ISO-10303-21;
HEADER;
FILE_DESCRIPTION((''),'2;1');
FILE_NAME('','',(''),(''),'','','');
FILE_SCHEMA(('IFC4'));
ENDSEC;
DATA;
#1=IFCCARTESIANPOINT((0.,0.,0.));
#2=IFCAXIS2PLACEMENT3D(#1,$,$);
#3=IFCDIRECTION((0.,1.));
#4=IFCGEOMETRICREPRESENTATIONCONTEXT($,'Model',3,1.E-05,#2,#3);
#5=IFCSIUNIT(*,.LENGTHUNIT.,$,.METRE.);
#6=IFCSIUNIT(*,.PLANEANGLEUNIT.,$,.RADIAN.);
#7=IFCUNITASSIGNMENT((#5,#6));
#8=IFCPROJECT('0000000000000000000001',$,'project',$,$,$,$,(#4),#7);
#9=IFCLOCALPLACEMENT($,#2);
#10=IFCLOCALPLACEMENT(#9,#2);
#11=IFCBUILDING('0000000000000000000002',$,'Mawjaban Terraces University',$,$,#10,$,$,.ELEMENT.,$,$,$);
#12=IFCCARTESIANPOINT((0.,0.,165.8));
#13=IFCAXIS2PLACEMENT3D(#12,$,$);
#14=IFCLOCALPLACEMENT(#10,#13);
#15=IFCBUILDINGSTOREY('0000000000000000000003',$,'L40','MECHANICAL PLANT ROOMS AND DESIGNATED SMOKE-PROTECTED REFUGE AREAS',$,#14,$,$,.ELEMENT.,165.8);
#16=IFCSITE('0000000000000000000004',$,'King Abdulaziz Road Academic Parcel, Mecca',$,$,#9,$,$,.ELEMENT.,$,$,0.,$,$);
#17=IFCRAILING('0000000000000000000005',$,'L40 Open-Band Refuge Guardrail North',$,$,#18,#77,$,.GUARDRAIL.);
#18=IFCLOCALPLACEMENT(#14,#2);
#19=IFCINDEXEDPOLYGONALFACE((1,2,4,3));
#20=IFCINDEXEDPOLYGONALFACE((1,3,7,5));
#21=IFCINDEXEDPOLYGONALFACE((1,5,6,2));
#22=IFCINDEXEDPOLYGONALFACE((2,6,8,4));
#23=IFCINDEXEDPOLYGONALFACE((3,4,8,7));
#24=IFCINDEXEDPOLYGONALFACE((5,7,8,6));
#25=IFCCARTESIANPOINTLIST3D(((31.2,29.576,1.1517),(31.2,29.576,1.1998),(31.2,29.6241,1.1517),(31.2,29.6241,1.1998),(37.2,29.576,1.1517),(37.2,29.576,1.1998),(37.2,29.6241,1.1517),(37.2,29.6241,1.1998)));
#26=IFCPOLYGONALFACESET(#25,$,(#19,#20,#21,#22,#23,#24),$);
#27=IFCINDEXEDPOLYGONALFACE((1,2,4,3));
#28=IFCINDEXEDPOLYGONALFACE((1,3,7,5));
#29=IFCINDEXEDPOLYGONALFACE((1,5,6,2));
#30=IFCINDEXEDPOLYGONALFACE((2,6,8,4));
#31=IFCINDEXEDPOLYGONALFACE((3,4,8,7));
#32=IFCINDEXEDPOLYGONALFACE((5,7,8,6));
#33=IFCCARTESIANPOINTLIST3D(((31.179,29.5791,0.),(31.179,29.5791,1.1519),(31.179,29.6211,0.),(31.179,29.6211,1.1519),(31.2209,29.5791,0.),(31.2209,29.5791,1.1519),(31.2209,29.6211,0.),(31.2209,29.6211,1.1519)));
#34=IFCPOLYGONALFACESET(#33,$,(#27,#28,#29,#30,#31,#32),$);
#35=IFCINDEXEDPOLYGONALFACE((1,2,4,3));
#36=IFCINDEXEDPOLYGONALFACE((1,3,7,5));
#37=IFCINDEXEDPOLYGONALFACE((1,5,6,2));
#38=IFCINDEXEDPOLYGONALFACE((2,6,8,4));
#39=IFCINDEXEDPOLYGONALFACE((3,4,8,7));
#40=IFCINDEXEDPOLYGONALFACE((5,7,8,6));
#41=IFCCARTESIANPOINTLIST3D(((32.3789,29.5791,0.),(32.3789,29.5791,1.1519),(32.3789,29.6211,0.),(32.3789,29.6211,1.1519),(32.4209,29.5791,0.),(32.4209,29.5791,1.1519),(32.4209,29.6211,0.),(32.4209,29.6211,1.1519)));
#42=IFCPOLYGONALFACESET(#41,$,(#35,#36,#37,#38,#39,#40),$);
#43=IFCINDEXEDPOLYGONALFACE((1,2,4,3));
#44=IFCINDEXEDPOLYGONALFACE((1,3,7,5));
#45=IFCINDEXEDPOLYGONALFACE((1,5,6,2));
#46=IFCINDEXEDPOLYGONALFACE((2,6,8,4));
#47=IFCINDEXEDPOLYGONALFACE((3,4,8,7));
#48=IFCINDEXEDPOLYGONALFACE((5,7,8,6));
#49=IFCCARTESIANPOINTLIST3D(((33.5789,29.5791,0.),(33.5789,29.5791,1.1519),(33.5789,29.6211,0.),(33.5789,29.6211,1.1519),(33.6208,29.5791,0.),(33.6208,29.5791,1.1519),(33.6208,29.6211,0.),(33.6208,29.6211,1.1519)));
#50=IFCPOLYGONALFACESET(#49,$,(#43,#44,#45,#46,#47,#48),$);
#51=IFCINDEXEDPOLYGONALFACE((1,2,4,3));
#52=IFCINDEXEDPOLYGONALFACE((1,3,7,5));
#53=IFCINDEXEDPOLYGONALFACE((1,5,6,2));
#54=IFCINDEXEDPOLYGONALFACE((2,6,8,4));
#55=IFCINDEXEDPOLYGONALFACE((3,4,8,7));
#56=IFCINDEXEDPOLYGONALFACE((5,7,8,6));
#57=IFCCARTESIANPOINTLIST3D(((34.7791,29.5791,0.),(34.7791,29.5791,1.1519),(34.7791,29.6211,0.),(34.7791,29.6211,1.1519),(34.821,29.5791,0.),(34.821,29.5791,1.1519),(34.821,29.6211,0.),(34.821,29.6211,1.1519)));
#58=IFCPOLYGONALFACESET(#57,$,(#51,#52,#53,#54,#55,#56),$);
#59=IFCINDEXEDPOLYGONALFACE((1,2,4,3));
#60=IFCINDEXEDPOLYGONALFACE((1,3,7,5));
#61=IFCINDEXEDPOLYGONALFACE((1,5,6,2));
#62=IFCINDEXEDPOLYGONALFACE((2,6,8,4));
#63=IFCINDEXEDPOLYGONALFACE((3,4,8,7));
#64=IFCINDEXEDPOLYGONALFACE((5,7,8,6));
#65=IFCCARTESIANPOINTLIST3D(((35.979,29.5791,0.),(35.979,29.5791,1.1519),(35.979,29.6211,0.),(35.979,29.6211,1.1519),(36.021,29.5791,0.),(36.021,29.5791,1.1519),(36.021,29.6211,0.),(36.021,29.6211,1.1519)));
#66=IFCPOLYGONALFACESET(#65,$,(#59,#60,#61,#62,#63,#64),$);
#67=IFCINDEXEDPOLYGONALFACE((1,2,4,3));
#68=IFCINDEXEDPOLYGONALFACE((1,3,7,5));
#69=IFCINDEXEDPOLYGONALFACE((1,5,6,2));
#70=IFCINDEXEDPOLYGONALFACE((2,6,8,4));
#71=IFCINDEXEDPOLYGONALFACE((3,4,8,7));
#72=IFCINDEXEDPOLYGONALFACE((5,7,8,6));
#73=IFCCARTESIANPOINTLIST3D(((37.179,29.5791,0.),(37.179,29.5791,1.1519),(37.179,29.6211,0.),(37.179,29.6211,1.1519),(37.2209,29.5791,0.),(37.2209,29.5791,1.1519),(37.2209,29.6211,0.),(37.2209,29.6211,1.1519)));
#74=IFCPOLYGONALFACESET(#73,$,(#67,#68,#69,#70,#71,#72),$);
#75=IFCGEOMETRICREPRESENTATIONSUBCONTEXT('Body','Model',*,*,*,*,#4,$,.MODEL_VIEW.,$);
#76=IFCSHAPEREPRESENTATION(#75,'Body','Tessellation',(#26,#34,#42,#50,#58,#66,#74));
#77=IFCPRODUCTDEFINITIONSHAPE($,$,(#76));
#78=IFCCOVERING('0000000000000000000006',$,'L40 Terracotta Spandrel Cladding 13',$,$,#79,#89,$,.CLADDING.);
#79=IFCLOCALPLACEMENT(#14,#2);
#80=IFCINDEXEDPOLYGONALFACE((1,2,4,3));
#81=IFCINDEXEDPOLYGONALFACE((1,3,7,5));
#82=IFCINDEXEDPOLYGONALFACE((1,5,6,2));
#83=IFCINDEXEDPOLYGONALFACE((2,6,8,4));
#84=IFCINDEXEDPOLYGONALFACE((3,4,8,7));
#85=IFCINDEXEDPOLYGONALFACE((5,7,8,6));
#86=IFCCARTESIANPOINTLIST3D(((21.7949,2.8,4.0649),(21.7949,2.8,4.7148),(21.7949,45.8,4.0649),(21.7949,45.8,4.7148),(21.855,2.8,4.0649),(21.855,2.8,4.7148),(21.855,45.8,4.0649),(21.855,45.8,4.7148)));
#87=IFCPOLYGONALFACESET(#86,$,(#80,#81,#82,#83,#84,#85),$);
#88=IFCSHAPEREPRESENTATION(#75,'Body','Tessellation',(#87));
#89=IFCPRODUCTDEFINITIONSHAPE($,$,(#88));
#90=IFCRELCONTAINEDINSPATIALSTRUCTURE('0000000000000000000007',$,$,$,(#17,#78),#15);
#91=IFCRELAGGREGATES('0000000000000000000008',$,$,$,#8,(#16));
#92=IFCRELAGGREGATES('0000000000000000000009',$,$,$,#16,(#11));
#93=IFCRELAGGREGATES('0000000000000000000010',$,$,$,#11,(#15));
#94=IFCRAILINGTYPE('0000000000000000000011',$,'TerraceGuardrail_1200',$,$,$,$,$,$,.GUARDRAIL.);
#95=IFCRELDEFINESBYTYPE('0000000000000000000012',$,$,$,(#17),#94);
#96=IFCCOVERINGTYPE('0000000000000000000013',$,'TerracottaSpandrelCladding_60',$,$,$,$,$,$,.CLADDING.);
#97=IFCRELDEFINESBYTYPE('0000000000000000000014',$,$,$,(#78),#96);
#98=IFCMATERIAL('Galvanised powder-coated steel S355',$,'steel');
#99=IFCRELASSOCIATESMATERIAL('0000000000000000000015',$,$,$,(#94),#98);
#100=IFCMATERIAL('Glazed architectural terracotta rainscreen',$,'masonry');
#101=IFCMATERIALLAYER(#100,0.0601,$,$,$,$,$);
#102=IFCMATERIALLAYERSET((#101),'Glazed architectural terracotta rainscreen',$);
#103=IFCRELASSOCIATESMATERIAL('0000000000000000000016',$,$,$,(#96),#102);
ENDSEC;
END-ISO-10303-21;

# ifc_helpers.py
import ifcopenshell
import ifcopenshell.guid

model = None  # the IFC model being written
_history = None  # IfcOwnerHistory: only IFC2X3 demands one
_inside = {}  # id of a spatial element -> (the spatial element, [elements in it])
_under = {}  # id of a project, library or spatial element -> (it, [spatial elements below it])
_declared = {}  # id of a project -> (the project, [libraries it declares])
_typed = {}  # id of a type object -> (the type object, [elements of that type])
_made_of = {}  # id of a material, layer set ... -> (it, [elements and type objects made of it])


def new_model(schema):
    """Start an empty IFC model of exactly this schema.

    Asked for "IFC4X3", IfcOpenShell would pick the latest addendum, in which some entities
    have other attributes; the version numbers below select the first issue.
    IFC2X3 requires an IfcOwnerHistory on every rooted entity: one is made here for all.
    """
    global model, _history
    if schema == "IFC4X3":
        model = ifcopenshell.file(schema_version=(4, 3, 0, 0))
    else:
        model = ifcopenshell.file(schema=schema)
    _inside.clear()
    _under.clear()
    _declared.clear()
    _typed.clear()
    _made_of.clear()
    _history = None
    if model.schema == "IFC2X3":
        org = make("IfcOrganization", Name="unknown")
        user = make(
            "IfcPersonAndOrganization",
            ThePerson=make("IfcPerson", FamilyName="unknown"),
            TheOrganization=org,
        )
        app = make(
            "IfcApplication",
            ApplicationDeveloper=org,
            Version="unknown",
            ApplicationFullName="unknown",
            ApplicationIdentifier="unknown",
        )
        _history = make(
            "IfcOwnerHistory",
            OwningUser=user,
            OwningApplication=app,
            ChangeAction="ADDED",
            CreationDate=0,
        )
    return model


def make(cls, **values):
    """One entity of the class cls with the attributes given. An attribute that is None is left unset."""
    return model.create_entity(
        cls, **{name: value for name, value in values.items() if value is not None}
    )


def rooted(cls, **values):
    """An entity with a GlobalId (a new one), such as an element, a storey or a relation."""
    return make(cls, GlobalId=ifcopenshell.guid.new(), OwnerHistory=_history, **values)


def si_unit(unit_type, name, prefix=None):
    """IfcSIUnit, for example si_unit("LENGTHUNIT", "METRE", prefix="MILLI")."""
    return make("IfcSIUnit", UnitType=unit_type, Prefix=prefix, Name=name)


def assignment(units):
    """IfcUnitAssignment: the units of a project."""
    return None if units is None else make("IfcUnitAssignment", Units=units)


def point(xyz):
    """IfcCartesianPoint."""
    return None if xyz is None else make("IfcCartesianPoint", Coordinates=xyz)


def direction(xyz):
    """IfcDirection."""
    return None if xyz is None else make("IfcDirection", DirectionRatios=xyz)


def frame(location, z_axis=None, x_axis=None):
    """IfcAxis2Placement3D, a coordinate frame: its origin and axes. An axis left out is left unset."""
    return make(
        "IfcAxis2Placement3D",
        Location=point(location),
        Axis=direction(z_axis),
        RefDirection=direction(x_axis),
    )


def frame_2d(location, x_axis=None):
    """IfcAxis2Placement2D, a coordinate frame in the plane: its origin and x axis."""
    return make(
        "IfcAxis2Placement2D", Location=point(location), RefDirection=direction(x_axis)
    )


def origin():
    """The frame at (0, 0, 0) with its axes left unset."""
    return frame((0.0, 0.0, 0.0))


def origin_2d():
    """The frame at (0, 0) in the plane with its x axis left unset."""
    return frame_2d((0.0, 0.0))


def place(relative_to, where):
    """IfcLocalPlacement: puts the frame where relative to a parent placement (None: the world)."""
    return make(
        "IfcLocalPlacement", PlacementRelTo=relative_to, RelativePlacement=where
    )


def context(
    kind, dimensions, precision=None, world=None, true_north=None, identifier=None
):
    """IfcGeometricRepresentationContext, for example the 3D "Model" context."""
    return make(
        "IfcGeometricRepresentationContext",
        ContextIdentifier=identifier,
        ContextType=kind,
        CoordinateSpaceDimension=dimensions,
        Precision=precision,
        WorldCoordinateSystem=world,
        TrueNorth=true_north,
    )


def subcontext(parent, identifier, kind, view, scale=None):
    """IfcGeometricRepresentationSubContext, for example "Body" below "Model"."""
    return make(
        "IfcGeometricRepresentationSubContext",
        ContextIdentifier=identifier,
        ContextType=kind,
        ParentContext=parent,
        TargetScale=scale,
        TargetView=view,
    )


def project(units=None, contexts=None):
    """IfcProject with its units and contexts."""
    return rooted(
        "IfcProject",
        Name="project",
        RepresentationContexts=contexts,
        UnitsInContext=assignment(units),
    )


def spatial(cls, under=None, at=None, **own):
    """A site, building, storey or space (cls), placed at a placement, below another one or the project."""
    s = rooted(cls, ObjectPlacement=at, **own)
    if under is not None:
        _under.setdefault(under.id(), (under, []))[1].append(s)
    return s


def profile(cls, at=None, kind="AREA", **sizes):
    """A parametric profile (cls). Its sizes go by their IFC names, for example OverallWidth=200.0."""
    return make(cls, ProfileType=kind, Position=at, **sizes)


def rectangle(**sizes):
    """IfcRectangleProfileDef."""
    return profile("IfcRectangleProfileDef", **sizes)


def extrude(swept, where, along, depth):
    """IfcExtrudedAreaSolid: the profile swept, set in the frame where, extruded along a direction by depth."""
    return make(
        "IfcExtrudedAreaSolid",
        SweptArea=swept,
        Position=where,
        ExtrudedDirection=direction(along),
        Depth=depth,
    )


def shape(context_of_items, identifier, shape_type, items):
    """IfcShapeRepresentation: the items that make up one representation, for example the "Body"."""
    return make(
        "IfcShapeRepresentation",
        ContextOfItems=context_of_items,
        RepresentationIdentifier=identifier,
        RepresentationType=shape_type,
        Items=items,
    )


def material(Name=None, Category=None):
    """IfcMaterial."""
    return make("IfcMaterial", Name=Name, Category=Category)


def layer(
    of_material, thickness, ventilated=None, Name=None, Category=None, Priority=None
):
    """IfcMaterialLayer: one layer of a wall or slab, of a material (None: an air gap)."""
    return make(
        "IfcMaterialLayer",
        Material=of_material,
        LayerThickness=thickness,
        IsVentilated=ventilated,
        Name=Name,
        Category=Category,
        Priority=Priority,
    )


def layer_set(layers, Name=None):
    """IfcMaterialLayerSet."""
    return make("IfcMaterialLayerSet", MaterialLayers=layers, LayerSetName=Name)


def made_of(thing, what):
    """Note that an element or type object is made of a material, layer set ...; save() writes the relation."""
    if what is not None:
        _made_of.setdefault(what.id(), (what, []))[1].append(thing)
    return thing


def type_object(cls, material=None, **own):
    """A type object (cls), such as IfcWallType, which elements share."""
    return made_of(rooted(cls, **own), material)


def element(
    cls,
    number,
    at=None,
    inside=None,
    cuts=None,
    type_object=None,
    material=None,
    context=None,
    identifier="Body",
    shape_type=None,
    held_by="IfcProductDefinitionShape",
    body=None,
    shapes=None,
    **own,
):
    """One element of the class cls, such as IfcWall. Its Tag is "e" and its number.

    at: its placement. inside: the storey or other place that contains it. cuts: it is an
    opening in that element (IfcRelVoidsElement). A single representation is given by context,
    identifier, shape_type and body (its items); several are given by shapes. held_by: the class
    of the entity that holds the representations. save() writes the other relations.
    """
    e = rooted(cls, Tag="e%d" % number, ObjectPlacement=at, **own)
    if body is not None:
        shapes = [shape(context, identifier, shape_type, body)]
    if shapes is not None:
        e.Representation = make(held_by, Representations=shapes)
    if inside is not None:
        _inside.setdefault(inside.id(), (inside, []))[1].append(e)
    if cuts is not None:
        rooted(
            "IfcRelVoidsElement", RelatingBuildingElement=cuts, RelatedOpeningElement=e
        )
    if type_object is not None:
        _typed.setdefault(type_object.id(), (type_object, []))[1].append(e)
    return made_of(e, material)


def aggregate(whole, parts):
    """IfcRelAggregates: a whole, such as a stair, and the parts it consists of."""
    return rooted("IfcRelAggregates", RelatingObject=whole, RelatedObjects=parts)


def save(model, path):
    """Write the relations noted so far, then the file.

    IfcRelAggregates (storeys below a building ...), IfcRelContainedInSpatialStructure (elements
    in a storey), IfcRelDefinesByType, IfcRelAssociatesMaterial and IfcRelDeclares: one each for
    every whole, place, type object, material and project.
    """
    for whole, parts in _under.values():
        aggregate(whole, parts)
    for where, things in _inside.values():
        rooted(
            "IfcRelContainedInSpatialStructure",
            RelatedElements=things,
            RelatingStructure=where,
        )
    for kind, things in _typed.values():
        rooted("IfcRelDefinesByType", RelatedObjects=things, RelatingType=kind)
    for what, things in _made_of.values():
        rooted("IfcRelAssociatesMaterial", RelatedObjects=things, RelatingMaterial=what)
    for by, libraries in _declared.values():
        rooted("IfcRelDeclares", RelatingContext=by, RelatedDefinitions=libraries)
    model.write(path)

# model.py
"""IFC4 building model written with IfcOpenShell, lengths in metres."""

from ifc_helpers import new_model, si_unit, direction, frame, origin, origin_2d, place, context, subcontext, project, spatial, rectangle, extrude, material, layer, layer_set, type_object, element, save


model = new_model("IFC4")

# Units and contexts
model_context = context("Model", 3, precision=1e-05, world=origin(), true_north=direction((0.0, 1.0)))
body_context = subcontext(model_context, "Body", "Model", "MODEL_VIEW")
ifc_project = project(units=[si_unit("LENGTHUNIT", "METRE"), si_unit("PLANEANGLEUNIT", "RADIAN")], contexts=[model_context])

# Site, building, storey
site_placement = place(None, origin())
site = spatial("IfcSite", under=ifc_project, at=site_placement, Name="King Abdulaziz Road Academic Parcel, Mecca", CompositionType="ELEMENT", RefElevation=0.0)
building_placement = place(site_placement, origin())
building = spatial("IfcBuilding", under=site, at=building_placement, Name="Mawjaban Terraces University", CompositionType="ELEMENT")
storey_placement = place(building_placement, frame((0.0, 0.0, 165.8)))
storey = spatial("IfcBuildingStorey", under=building, at=storey_placement, Name="L40", Description="MECHANICAL PLANT ROOMS AND DESIGNATED SMOKE-PROTECTED REFUGE AREAS", CompositionType="ELEMENT", Elevation=165.8)

# Railing
ifc_material_1 = material(Name="Galvanised powder-coated steel S355", Category="steel")
railing_type = type_object("IfcRailingType", Name="TerraceGuardrail_1200", PredefinedType="GUARDRAIL", material=ifc_material_1)
railing_placement = place(storey_placement, frame((31.2, 29.6001, 0.0)))
element("IfcRailing", 1, at=railing_placement, inside=storey, type_object=railing_type, Name="L40 Open-Band Refuge Guardrail North", PredefinedType="GUARDRAIL", context=body_context, shape_type="SweptSolid", body=[
    extrude(rectangle(XDim=0.0481, YDim=0.0481, at=origin_2d()), frame((0.0, 0.0, 1.1758), z_axis=(1.0, 0.0, 0.0), x_axis=(0.0, 1.0, 0.0)), (0.0, 0.0, 1.0), 6.0),
    extrude(rectangle(XDim=0.042, YDim=0.042, at=origin_2d()), origin(), (0.0, 0.0, 1.0), 1.1519),
    extrude(rectangle(XDim=0.042, YDim=0.042, at=origin_2d()), frame((1.2, 0.0, 0.0)), (0.0, 0.0, 1.0), 1.1519),
    extrude(rectangle(XDim=0.042, YDim=0.042, at=origin_2d()), frame((2.3999, 0.0, 0.0)), (0.0, 0.0, 1.0), 1.1519),
    extrude(rectangle(XDim=0.042, YDim=0.042, at=origin_2d()), frame((3.6001, 0.0, 0.0)), (0.0, 0.0, 1.0), 1.1519),
    extrude(rectangle(XDim=0.042, YDim=0.042, at=origin_2d()), frame((4.8, 0.0, 0.0)), (0.0, 0.0, 1.0), 1.1519),
    extrude(rectangle(XDim=0.042, YDim=0.042, at=origin_2d()), frame((6.0, 0.0, 0.0)), (0.0, 0.0, 1.0), 1.1519),
])

# Covering
ifc_material_2 = material(Name="Glazed architectural terracotta rainscreen", Category="masonry")
ifc_layer_1 = layer(ifc_material_2, 0.0601)
ifc_layer_set_1 = layer_set([ifc_layer_1], Name="Glazed architectural terracotta rainscreen")
covering_type = type_object("IfcCoveringType", Name="TerracottaSpandrelCladding_60", PredefinedType="CLADDING", material=ifc_layer_set_1)
covering_placement = place(storey_placement, frame((21.825, 24.3, 4.0649), z_axis=(0.0, 0.0, 1.0), x_axis=(0.0, -1.0, 0.0)))
element("IfcCovering", 2, at=covering_placement, inside=storey, type_object=covering_type, Name="L40 Terracotta Spandrel Cladding 13", PredefinedType="CLADDING", context=body_context, shape_type="SweptSolid", body=[
    extrude(rectangle(XDim=43.0, YDim=0.0601, at=origin_2d()), origin(), (0.0, 0.0, 1.0), 0.6499),
])

save(model, "model.ifc")
